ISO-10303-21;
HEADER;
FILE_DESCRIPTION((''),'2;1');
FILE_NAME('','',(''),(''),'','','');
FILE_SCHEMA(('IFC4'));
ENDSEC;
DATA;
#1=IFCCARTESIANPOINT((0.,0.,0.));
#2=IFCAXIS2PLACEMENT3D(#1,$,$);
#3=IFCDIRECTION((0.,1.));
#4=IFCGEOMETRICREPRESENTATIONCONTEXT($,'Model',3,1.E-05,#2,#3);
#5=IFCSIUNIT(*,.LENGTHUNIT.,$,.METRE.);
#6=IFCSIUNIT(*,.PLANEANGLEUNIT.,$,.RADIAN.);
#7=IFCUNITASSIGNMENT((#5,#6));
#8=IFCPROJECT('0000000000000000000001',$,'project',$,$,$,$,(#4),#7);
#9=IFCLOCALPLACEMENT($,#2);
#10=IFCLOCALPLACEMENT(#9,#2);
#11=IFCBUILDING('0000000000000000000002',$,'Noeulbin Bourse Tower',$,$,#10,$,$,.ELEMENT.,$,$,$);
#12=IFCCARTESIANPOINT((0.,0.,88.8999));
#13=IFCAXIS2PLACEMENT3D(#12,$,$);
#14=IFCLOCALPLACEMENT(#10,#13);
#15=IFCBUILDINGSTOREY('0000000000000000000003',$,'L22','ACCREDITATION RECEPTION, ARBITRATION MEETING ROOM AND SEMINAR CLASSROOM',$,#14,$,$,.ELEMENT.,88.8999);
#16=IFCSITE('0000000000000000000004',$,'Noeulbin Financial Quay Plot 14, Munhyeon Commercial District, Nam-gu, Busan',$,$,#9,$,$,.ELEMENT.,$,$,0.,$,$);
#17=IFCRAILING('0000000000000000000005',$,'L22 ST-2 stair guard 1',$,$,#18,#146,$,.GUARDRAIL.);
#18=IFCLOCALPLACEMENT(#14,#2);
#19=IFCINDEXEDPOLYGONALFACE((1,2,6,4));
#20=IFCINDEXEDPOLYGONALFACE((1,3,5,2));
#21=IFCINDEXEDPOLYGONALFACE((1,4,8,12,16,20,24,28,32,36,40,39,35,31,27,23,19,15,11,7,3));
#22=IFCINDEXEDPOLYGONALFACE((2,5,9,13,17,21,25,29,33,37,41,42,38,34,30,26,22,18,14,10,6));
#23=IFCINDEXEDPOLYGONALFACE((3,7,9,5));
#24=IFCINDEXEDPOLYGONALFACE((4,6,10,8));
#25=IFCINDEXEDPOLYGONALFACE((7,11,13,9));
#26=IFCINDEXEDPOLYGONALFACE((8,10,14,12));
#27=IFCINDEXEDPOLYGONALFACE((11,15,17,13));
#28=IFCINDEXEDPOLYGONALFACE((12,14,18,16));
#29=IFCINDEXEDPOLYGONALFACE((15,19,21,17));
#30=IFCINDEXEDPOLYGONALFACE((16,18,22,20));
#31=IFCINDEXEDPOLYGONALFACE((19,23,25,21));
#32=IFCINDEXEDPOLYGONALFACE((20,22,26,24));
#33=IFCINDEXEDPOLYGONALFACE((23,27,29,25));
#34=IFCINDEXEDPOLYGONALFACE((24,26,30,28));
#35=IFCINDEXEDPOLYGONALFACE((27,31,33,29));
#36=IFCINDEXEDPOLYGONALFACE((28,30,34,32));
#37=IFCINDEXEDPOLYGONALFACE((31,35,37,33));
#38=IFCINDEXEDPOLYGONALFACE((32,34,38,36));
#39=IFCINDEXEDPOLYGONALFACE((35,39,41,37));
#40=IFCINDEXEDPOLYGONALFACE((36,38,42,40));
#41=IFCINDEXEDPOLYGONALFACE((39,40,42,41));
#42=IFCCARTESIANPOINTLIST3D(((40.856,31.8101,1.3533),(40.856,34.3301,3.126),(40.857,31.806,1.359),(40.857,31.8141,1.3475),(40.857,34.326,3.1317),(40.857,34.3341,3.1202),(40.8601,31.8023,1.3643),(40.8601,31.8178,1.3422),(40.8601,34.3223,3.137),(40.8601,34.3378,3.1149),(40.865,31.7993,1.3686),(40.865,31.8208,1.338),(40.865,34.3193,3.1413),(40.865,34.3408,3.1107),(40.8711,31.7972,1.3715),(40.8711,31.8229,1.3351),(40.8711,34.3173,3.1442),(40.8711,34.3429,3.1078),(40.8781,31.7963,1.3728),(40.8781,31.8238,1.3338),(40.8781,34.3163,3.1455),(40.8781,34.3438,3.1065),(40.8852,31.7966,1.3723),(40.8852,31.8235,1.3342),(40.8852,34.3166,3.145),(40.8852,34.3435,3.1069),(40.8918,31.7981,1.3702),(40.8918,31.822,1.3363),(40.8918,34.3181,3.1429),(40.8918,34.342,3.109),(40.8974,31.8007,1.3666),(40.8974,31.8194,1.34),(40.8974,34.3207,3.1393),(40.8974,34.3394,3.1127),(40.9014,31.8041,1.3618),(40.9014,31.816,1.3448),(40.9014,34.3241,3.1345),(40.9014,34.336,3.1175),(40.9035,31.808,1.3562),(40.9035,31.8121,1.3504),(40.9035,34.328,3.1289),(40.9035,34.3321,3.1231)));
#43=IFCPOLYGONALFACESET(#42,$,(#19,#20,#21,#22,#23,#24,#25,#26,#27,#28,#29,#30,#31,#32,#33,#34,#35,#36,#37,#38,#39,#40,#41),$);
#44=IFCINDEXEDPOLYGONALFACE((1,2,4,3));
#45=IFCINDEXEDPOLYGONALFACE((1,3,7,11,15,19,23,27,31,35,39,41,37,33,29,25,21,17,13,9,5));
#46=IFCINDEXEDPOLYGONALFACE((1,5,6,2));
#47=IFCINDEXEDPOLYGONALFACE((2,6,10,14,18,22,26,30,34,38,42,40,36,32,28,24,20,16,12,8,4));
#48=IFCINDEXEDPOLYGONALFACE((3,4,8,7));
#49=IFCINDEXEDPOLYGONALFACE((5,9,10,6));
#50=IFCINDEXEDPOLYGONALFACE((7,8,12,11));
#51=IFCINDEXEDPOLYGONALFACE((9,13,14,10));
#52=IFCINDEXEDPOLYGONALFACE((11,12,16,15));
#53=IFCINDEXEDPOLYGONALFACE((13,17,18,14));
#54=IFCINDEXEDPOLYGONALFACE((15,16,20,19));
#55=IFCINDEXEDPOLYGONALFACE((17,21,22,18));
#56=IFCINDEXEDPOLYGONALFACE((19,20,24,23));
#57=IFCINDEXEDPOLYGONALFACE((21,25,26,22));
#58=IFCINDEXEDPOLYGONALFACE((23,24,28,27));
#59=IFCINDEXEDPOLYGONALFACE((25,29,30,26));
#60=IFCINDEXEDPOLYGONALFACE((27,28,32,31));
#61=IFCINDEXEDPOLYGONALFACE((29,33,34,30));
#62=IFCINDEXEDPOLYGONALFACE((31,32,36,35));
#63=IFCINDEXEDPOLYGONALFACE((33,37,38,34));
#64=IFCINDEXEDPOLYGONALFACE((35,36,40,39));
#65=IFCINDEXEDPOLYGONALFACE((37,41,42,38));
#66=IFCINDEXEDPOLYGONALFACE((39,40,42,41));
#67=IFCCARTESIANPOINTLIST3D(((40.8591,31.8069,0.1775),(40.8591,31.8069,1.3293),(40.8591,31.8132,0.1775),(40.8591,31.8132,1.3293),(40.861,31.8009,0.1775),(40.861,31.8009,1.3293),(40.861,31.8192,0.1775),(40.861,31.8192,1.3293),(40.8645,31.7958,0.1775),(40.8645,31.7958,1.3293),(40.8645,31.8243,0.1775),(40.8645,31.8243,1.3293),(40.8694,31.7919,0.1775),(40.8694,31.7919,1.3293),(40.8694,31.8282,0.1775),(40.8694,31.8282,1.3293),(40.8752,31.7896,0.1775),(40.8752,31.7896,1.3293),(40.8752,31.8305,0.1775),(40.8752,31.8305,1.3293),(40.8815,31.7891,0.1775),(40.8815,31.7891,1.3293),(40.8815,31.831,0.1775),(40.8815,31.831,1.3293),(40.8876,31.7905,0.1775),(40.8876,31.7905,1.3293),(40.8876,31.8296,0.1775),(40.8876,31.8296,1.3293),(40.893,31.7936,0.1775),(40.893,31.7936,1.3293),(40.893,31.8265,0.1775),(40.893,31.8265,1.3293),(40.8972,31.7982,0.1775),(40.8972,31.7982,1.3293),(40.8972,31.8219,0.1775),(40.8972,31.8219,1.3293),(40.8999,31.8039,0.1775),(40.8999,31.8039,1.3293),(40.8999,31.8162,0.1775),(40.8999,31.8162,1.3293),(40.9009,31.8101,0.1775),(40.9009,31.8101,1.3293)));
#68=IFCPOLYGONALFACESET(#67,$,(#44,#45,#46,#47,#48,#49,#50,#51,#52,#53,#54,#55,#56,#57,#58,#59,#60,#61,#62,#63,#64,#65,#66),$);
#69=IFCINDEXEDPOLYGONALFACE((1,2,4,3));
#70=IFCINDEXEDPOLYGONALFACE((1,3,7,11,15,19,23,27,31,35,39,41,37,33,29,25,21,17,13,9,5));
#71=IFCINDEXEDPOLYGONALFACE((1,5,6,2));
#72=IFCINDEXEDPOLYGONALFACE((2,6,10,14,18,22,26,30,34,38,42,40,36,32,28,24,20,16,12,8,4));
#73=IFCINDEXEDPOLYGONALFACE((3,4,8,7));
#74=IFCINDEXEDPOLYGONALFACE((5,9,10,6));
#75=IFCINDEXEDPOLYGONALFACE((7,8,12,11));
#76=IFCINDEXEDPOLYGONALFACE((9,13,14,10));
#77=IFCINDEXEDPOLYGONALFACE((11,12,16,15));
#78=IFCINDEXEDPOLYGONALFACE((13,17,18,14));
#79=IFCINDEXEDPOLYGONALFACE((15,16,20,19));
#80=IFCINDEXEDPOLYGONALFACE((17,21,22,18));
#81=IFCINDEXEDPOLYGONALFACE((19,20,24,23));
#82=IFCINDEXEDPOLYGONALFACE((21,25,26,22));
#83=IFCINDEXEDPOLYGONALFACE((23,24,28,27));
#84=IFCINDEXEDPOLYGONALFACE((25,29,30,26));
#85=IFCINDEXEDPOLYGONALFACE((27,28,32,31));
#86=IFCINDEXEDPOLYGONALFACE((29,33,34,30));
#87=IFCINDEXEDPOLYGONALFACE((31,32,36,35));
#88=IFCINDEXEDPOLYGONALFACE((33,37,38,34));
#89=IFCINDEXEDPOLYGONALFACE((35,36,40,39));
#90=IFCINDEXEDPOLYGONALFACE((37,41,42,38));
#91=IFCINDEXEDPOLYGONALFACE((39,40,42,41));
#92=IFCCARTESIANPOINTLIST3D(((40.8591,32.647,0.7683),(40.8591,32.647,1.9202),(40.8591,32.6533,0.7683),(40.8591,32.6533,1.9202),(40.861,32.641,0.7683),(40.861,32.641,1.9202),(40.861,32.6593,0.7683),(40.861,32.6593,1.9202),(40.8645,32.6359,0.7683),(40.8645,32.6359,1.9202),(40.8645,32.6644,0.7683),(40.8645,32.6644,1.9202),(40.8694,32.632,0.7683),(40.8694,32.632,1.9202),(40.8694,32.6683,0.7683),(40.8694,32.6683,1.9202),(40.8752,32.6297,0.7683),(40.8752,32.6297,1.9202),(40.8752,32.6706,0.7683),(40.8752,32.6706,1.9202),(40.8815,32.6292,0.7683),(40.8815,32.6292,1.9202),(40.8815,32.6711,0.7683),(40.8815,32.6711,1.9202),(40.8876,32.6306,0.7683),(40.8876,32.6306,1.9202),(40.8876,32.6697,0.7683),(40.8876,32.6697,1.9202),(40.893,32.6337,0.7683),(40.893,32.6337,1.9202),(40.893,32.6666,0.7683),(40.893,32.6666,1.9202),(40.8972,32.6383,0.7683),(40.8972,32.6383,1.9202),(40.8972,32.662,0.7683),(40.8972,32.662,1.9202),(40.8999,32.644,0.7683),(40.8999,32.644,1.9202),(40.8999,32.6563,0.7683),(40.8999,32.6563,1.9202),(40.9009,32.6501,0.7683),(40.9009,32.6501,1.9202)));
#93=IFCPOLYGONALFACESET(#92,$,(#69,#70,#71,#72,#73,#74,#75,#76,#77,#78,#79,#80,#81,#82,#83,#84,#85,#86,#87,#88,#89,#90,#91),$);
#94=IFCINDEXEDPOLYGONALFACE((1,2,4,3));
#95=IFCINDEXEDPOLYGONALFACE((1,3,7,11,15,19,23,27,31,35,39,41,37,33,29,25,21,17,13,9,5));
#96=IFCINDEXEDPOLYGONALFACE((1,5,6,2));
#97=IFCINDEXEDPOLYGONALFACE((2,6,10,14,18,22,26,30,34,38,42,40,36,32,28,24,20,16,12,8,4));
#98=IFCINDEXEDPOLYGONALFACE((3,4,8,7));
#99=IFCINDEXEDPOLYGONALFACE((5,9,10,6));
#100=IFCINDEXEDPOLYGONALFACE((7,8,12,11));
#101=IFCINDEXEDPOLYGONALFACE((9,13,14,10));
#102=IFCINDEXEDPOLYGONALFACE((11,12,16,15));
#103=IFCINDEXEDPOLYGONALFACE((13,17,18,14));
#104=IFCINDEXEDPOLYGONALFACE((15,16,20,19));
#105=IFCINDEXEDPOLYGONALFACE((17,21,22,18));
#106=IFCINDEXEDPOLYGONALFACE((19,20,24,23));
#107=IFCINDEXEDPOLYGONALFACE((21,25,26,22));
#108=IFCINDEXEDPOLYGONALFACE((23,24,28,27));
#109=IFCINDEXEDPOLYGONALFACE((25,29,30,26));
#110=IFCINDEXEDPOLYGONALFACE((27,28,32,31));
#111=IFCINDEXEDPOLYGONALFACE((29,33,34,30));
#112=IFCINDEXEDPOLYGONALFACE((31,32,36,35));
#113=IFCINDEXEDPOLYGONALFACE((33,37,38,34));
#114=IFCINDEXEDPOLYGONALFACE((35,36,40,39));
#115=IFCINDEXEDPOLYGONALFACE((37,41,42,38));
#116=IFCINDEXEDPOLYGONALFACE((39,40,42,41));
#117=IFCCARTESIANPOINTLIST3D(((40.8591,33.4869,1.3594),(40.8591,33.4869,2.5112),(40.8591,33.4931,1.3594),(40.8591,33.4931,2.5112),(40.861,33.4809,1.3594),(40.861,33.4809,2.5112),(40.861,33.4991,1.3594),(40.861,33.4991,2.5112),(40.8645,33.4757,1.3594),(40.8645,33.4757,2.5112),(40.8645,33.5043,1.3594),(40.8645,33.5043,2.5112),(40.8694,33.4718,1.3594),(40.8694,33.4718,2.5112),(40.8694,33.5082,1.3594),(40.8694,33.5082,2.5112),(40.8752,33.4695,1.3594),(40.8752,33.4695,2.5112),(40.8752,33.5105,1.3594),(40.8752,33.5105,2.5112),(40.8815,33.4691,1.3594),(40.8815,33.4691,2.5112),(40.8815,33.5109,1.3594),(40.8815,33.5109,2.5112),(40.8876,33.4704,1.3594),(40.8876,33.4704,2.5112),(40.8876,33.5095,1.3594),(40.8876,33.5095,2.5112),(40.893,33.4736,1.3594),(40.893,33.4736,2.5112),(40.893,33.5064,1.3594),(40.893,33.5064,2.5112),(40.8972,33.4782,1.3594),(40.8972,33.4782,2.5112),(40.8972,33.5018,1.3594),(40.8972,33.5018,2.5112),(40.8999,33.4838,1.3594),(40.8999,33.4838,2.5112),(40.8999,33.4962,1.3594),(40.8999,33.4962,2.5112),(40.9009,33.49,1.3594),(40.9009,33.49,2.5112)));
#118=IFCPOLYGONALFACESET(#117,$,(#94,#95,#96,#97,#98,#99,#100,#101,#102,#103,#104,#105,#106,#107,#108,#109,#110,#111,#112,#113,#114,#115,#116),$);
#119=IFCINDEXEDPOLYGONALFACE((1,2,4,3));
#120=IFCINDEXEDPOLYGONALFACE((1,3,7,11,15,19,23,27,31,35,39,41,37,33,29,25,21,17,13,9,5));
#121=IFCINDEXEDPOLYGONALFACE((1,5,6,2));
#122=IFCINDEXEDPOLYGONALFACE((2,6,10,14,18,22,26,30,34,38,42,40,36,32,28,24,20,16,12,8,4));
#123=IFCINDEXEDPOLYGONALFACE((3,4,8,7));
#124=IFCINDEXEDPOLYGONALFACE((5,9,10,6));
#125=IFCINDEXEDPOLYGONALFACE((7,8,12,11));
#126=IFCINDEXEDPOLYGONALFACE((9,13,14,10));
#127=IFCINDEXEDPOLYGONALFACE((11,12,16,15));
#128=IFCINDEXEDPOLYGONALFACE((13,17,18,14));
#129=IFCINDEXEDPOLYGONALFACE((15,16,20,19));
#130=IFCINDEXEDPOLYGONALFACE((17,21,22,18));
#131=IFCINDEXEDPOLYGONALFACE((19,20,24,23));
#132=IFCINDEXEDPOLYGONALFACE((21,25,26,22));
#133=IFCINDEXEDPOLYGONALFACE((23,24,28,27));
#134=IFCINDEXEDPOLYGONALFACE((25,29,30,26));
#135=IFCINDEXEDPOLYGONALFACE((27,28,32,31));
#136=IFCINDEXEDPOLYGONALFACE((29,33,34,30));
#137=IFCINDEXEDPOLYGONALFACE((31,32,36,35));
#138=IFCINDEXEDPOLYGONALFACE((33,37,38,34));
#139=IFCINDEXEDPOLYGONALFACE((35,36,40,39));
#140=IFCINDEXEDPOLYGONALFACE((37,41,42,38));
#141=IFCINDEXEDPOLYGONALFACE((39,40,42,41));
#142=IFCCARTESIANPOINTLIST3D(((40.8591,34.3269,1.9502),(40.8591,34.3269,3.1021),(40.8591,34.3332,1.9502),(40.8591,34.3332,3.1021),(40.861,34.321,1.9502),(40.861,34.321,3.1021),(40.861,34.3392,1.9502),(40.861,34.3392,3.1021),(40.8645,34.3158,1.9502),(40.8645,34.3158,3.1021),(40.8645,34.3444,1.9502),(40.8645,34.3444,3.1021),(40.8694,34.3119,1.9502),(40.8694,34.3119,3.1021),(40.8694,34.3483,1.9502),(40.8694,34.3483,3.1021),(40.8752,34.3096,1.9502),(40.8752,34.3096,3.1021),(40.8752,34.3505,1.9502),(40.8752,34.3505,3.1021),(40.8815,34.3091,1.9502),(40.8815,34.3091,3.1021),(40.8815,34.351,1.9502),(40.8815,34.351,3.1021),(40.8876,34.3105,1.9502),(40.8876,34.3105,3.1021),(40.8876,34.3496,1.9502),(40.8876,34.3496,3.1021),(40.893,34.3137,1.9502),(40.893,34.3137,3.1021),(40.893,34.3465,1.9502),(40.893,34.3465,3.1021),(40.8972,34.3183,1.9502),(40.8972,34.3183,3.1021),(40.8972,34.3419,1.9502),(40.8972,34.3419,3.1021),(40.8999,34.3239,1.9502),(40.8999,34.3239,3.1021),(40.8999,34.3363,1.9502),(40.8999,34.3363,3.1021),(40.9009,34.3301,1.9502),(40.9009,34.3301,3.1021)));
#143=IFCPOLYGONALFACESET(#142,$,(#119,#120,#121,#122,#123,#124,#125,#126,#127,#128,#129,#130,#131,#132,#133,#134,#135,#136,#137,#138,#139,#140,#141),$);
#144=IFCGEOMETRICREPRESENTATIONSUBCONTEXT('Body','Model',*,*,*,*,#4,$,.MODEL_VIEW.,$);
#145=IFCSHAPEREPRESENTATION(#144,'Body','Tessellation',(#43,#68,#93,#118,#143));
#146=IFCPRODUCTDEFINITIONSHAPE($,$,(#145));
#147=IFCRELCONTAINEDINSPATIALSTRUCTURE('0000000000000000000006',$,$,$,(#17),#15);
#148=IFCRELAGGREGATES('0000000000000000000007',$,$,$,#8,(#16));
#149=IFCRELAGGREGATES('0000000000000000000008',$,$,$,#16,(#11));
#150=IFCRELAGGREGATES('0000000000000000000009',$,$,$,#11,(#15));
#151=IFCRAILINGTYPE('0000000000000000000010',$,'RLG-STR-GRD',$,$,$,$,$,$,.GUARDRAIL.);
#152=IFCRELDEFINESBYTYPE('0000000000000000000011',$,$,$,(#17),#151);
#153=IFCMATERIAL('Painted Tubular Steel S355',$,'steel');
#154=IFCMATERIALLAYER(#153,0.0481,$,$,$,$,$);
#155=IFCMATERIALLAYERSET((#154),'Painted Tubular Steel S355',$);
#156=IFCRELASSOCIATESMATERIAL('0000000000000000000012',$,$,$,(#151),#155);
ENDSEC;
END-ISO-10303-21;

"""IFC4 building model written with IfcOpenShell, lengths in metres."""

from ifc_helpers import new_model, si_unit, direction, frame, origin, origin_2d, place, context, subcontext, project, spatial, circle, extrude, material, layer, layer_set, type_object, element, save


model = new_model("IFC4")

# Units and contexts
model_context = context("Model", 3, precision=1e-05, world=origin(), true_north=direction((0.0, 1.0)))
body_context = subcontext(model_context, "Body", "Model", "MODEL_VIEW")
ifc_project = project(units=[si_unit("LENGTHUNIT", "METRE"), si_unit("PLANEANGLEUNIT", "RADIAN")], contexts=[model_context])

# Site, building, storey
site_placement = place(None, origin())
site = spatial("IfcSite", under=ifc_project, at=site_placement, Name="Noeulbin Financial Quay Plot 14, Munhyeon Commercial District, Nam-gu, Busan", CompositionType="ELEMENT", RefElevation=0.0)
building_placement = place(site_placement, origin())
building = spatial("IfcBuilding", under=site, at=building_placement, Name="Noeulbin Bourse Tower", CompositionType="ELEMENT")
storey_placement = place(building_placement, frame((0.0, 0.0, 88.8999)))
storey = spatial("IfcBuildingStorey", under=building, at=storey_placement, Name="L22", Description="ACCREDITATION RECEPTION, ARBITRATION MEETING ROOM AND SEMINAR CLASSROOM", CompositionType="ELEMENT", Elevation=88.8999)

# Railing
ifc_material_1 = material(Name="Painted Tubular Steel S355", Category="steel")
ifc_layer_1 = layer(ifc_material_1, 0.0481)
ifc_layer_set_1 = layer_set([ifc_layer_1], Name="Painted Tubular Steel S355")
railing_type_1 = type_object("IfcRailingType", Name="RLG-STR-GRD", PredefinedType="GUARDRAIL", material=ifc_layer_set_1)
railing_1_placement = place(storey_placement, frame((40.8799, 31.8101, 0.1775)))
element("IfcRailing", 1, at=railing_1_placement, inside=storey, type_object=railing_type_1, Name="L22 ST-2 stair guard 1", PredefinedType="GUARDRAIL", context=body_context, shape_type="SweptSolid", body=[
    extrude(circle(Radius=0.0239, at=origin_2d()), frame((0.0, 0.0, 1.1758), z_axis=(0.0, 0.817904, 0.575354), x_axis=(-1.0, 0.0, 0.0)), (0.0, 0.0, 1.0), 3.0811),
    extrude(circle(Radius=0.021, at=origin_2d()), origin(), (0.0, 0.0, 1.0), 1.1519),
    extrude(circle(Radius=0.021, at=origin_2d()), frame((0.0, 0.8401, 0.5908)), (0.0, 0.0, 1.0), 1.1519),
    extrude(circle(Radius=0.021, at=origin_2d()), frame((0.0, 1.6799, 1.1819)), (0.0, 0.0, 1.0), 1.1519),
    extrude(circle(Radius=0.021, at=origin_2d()), frame((0.0, 2.52, 1.7727)), (0.0, 0.0, 1.0), 1.1519),
])

save(model, "model.ifc")
